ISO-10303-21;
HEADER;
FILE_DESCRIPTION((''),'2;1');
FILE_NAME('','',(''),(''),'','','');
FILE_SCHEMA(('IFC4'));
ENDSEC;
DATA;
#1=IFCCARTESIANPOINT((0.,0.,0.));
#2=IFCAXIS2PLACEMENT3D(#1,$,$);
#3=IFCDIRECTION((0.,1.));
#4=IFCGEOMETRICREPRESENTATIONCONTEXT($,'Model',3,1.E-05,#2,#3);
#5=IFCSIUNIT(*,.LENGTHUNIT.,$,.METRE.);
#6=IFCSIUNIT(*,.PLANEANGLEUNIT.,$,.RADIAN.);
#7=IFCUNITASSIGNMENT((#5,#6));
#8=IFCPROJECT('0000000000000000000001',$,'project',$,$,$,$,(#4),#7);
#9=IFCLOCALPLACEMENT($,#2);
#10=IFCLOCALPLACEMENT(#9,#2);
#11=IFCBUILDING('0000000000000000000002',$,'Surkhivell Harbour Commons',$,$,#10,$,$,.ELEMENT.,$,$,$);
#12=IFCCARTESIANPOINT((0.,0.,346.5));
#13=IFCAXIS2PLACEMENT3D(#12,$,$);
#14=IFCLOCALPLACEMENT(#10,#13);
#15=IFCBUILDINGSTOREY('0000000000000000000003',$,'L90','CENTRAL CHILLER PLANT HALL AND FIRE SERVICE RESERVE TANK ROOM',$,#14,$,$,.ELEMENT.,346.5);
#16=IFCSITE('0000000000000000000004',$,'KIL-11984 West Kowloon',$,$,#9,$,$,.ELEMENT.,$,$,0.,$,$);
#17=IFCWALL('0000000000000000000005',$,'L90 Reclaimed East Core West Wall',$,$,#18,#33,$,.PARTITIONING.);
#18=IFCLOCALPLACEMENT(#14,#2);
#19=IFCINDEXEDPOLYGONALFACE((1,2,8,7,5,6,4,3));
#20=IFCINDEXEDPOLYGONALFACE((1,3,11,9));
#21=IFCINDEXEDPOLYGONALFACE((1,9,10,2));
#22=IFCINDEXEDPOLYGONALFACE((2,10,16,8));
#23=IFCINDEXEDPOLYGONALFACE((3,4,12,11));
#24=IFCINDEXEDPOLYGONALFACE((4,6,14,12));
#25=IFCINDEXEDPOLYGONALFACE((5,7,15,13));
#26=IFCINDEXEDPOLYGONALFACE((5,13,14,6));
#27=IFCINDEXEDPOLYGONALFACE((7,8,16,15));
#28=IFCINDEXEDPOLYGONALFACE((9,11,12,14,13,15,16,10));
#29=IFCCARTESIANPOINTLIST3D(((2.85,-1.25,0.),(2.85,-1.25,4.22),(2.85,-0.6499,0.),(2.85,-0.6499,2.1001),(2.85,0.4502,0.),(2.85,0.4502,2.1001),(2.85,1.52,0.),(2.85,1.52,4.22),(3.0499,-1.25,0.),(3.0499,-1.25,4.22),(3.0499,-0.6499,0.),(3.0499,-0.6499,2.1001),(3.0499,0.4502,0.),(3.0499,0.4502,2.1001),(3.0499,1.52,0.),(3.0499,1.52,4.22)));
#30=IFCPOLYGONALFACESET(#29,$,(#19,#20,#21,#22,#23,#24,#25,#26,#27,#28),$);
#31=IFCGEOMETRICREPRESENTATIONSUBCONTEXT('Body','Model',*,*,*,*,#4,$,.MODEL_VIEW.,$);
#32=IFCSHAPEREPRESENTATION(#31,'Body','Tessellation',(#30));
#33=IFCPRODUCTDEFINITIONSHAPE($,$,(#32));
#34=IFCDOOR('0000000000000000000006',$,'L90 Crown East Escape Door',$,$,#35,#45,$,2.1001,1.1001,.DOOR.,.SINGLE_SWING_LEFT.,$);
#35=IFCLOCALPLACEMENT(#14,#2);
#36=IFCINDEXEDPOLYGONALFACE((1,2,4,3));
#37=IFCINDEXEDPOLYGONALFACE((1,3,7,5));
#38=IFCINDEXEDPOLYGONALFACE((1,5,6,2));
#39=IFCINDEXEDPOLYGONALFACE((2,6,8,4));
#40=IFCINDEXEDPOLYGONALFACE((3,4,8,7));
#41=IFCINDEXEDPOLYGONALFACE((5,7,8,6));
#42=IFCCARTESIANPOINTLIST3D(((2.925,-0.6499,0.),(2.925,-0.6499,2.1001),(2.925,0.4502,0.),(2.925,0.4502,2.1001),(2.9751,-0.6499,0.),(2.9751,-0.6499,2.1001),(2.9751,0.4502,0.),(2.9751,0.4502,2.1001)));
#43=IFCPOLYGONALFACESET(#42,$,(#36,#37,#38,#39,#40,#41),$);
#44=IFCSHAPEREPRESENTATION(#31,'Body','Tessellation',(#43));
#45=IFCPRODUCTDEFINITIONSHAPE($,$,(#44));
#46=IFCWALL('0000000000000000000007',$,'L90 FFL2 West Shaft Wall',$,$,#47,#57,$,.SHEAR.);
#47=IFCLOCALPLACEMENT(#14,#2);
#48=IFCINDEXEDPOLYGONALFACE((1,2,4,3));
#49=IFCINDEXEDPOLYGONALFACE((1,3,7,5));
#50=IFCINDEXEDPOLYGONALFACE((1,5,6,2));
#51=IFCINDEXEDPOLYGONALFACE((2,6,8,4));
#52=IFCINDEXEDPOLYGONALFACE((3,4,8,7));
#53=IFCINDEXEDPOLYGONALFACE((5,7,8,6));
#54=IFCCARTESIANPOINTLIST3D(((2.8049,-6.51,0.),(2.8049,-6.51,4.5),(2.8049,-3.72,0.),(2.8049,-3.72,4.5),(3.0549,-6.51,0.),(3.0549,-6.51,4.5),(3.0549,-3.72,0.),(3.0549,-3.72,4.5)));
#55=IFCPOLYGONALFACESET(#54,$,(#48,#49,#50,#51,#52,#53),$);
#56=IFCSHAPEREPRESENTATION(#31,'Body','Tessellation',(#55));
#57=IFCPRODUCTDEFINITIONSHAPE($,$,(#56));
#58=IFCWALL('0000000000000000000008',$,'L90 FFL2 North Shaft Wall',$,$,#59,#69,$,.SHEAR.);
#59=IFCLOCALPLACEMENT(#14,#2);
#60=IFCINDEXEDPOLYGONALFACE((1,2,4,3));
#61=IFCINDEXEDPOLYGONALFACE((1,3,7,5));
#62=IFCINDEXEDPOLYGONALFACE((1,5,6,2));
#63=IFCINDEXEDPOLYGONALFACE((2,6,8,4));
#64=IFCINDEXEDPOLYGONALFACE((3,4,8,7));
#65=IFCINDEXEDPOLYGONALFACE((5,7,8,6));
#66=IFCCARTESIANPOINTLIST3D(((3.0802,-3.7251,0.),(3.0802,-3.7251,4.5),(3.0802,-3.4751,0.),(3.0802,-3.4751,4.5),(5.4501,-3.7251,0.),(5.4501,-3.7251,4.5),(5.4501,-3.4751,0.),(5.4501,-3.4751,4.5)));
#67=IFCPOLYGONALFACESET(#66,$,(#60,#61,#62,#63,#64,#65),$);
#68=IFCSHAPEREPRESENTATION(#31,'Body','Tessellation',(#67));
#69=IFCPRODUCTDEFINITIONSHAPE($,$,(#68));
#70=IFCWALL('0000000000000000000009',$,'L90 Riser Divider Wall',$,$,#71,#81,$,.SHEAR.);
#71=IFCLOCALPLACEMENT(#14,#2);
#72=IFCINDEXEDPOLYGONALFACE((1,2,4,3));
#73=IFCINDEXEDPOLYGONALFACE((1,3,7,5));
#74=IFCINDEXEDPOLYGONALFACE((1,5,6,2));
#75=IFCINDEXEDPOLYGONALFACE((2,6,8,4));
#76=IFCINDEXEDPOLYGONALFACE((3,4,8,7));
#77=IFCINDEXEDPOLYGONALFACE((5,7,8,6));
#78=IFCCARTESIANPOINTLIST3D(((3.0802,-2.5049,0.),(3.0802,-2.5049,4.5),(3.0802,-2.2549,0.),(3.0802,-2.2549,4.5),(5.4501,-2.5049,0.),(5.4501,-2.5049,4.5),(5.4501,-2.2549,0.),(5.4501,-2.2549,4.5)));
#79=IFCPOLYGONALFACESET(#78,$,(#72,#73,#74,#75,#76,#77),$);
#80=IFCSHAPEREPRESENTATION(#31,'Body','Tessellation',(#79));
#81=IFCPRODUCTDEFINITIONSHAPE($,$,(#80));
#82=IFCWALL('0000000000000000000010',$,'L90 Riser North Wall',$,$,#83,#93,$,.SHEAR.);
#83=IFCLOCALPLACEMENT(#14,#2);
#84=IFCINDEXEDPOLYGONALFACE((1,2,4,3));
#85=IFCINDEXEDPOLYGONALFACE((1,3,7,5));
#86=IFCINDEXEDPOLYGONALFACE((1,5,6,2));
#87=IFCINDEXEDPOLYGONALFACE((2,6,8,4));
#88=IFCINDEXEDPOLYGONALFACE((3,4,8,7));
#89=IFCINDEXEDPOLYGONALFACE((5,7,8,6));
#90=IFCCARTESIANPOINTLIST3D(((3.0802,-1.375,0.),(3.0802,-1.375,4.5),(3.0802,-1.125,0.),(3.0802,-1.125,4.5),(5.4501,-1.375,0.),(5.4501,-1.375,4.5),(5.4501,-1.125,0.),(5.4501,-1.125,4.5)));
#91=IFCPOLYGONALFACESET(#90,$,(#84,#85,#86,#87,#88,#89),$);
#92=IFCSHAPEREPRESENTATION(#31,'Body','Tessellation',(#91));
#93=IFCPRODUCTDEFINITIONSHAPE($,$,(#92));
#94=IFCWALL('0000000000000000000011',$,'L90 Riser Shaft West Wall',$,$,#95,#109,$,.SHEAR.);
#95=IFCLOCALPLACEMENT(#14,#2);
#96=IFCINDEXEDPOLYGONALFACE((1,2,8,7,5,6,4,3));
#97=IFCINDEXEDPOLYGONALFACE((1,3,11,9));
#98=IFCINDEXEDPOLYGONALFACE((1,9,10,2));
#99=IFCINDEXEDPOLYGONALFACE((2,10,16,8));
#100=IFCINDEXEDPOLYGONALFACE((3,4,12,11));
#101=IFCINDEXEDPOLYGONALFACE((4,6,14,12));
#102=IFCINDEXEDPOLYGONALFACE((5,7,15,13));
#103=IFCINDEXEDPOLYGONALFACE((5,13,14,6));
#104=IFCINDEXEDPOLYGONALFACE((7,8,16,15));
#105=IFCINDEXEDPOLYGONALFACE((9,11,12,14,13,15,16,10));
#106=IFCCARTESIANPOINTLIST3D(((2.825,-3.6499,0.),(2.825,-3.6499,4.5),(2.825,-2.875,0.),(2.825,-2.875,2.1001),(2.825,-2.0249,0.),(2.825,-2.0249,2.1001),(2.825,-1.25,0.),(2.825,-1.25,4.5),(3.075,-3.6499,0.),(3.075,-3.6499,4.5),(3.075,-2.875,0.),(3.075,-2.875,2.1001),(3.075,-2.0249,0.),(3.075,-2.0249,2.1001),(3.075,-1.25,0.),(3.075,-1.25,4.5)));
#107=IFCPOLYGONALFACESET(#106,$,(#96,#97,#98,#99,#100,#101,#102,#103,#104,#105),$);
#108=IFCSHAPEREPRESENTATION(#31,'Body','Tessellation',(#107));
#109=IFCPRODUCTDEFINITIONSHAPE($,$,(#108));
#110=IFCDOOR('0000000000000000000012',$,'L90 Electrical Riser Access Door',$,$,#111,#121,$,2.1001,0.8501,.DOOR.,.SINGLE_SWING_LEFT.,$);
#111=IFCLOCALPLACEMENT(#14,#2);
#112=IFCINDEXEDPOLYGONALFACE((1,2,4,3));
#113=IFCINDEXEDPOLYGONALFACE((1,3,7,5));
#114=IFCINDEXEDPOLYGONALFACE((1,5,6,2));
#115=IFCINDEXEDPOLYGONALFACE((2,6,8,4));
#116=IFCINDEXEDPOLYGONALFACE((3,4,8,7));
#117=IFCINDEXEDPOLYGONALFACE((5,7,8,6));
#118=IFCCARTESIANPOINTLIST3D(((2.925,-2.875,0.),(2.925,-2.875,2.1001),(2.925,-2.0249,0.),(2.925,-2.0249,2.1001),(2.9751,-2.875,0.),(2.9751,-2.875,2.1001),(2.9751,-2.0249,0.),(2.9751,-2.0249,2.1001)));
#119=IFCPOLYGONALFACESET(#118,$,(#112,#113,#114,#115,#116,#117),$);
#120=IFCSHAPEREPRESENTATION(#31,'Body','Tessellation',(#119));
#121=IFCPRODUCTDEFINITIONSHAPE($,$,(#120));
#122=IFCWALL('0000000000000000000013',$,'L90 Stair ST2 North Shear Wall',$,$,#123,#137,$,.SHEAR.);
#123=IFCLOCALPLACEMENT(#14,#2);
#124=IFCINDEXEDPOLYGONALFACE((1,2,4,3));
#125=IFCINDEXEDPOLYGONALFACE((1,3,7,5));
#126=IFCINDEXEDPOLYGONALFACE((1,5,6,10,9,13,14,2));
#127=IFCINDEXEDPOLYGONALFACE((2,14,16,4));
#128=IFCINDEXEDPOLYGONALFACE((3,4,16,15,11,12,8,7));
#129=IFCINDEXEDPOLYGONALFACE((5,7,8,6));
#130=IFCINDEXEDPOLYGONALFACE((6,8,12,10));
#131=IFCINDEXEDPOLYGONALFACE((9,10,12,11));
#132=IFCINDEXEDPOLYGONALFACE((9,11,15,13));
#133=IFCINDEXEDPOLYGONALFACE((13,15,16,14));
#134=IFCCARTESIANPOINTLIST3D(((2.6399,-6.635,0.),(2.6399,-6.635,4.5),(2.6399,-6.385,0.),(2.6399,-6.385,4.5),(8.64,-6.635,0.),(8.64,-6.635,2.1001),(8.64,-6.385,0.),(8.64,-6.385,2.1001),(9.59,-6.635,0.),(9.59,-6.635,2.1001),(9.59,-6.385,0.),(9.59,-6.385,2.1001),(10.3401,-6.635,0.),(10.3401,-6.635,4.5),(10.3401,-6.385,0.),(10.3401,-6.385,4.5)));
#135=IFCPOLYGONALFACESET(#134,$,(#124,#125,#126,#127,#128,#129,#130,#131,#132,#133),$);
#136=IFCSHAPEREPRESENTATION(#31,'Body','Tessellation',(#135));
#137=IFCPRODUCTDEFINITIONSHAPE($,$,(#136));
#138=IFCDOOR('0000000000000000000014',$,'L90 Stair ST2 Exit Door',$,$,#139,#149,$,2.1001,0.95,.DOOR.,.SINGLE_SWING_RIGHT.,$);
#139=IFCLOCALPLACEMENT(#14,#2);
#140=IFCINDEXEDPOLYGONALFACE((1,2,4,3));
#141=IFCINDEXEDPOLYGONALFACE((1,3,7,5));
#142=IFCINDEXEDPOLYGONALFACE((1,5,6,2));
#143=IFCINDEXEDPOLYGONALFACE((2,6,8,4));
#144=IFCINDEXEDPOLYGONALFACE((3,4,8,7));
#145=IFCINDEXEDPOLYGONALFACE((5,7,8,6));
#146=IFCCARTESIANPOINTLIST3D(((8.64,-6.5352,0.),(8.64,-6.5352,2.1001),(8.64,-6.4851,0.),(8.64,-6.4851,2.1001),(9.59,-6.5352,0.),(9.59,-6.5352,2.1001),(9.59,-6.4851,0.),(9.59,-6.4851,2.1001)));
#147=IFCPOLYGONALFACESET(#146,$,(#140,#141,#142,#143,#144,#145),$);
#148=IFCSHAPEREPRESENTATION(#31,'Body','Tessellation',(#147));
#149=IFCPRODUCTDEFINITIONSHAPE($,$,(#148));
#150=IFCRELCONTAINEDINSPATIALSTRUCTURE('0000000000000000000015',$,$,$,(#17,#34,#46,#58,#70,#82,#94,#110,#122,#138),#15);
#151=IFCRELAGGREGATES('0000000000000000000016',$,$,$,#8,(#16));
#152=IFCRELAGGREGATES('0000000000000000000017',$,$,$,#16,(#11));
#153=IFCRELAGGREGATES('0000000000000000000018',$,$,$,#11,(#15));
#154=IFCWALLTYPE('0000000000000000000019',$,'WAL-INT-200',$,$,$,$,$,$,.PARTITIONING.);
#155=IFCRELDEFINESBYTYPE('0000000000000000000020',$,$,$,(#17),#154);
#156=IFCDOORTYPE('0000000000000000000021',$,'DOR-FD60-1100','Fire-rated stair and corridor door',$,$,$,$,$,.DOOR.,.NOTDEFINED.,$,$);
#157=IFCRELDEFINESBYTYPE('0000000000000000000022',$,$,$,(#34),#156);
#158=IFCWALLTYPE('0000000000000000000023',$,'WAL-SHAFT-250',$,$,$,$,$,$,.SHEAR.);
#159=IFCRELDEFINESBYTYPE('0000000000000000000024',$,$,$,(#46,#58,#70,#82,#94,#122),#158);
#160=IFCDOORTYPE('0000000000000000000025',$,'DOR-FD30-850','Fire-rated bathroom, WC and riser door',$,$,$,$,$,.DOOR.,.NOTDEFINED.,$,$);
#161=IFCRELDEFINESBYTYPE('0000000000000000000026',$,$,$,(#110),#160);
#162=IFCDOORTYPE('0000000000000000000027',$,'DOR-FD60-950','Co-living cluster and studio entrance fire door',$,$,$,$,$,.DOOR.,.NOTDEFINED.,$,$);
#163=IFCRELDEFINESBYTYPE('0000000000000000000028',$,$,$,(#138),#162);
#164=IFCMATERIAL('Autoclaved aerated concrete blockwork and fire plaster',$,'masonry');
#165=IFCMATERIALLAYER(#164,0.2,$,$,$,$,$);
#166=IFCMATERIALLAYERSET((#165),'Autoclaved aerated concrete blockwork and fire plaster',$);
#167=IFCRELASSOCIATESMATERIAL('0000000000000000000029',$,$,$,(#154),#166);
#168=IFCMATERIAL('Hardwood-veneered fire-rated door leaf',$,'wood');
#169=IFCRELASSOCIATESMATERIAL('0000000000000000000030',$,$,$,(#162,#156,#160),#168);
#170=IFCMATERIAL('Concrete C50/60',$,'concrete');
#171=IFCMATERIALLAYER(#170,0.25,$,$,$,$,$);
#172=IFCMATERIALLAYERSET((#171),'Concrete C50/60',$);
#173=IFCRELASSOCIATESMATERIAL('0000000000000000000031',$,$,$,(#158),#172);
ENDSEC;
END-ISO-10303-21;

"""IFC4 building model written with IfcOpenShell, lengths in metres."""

from ifc_helpers import new_model, si_unit, direction, frame, frame_2d, origin, place, context, subcontext, project, spatial, rectangle, extrude, material, layer, layer_set, type_object, element, fill, save


model = new_model("IFC4")

# Units and contexts
model_context = context("Model", 3, precision=1e-05, world=origin(), true_north=direction((0.0, 1.0)))
body_context = subcontext(model_context, "Body", "Model", "MODEL_VIEW")
ifc_project = project(units=[si_unit("LENGTHUNIT", "METRE"), si_unit("PLANEANGLEUNIT", "RADIAN")], contexts=[model_context])

# Site, building, storey
site_placement = place(None, origin())
site = spatial("IfcSite", under=ifc_project, at=site_placement, Name="KIL-11984 West Kowloon", CompositionType="ELEMENT", RefElevation=0.0)
building_placement = place(site_placement, origin())
building = spatial("IfcBuilding", under=site, at=building_placement, Name="Surkhivell Harbour Commons", CompositionType="ELEMENT")
storey_placement = place(building_placement, frame((0.0, 0.0, 346.5)))
storey = spatial("IfcBuildingStorey", under=building, at=storey_placement, Name="L90", Description="CENTRAL CHILLER PLANT HALL AND FIRE SERVICE RESERVE TANK ROOM", CompositionType="ELEMENT", Elevation=346.5)

# Shared definitions
ifc_material_1 = material(Name="Concrete C50/60", Category="concrete")

# Wall, opening, door
ifc_material_2 = material(Name="Autoclaved aerated concrete blockwork and fire plaster", Category="masonry")
ifc_layer_1 = layer(ifc_material_2, 0.2)
ifc_layer_set_1 = layer_set([ifc_layer_1], Name="Autoclaved aerated concrete blockwork and fire plaster")
wall_type_1 = type_object("IfcWallType", Name="WAL-INT-200", PredefinedType="PARTITIONING", material=ifc_layer_set_1)
ifc_material_3 = material(Name="Hardwood-veneered fire-rated door leaf", Category="wood")
door_type_1 = type_object("IfcDoorType", Name="DOR-FD60-950", Description="Co-living cluster and studio entrance fire door", OperationType="NOTDEFINED", PredefinedType="DOOR", material=ifc_material_3)
wall_1_placement = place(storey_placement, frame((2.95, -1.25, 0.0), z_axis=(0.0, 0.0, 1.0), x_axis=(0.0, 1.0, 0.0)))
wall_1 = element("IfcWall", 1, at=wall_1_placement, inside=storey, type_object=wall_type_1, Name="L90 Reclaimed East Core West Wall", PredefinedType="PARTITIONING", context=body_context, shape_type="SweptSolid", body=[
    extrude(rectangle(XDim=2.77, YDim=0.2, at=frame_2d((1.385, 0.0))), origin(), (0.0, 0.0, 1.0), 4.22),
])
opening_1_placement = place(wall_1_placement, frame((0.6001, 0.0, 0.0)))
opening_1 = element("IfcOpeningElement", 2, at=opening_1_placement, cuts=wall_1, PredefinedType="OPENING", context=body_context, shape_type="SweptSolid", body=[
    extrude(rectangle(XDim=1.1001, YDim=2.1001, at=frame_2d((0.55, 1.05))), frame((0.0, 0.1099, 0.0), z_axis=(0.0, -1.0, 0.0), x_axis=(1.0, 0.0, 0.0)), (0.0, 0.0, 1.0), 0.22),
])
door_type_2 = type_object("IfcDoorType", Name="DOR-FD60-1100", Description="Fire-rated stair and corridor door", OperationType="NOTDEFINED", PredefinedType="DOOR", material=ifc_material_3)
door_1_placement = place(opening_1_placement, origin())
door_1 = element("IfcDoor", 3, at=door_1_placement, inside=storey, type_object=door_type_2, Name="L90 Crown East Escape Door", OperationType="SINGLE_SWING_LEFT", OverallHeight=2.1001, OverallWidth=1.1001, PredefinedType="DOOR", context=body_context, shape_type="SweptSolid", body=[
    extrude(rectangle(XDim=1.1001, YDim=2.1001, at=frame_2d((0.55, 1.05))), frame((0.0, 0.0249, 0.0), z_axis=(0.0, -1.0, 0.0), x_axis=(1.0, 0.0, 0.0)), (0.0, 0.0, 1.0), 0.05),
])
fill(opening_1, door_1)

# Walls
ifc_layer_2 = layer(ifc_material_1, 0.25)
ifc_layer_set_2 = layer_set([ifc_layer_2], Name="Concrete C50/60")
wall_type_2 = type_object("IfcWallType", Name="WAL-SHAFT-250", PredefinedType="SHEAR", material=ifc_layer_set_2)
wall_2_placement = place(storey_placement, frame((2.9299, -6.51, 0.0), z_axis=(0.0, 0.0, 1.0), x_axis=(0.0, 1.0, 0.0)))
element("IfcWall", 4, at=wall_2_placement, inside=storey, type_object=wall_type_2, Name="L90 FFL2 West Shaft Wall", PredefinedType="SHEAR", context=body_context, shape_type="SweptSolid", body=[
    extrude(rectangle(XDim=2.79, YDim=0.25, at=frame_2d((1.395, 0.0))), origin(), (0.0, 0.0, 1.0), 4.5),
])
for number, where, z_axis, x_axis, name in (
    (5, (3.0801, -3.6001, 0.0), (0.0, 0.0, 1.0), (1.0, 0.0, 0.0), "L90 FFL2 North Shaft Wall"),
    (6, (3.0801, -2.3799, 0.0), (0.0, 0.0, 1.0), (1.0, 0.0, 0.0), "L90 Riser Divider Wall"),
    (7, (3.0801, -1.25, 0.0), (0.0, 0.0, 1.0), (1.0, 0.0, 0.0), "L90 Riser North Wall"),
):
    element("IfcWall", number, at=place(storey_placement, frame(where, z_axis=z_axis, x_axis=x_axis)), inside=storey, type_object=wall_type_2, Name=name, PredefinedType="SHEAR", context=body_context, shape_type="SweptSolid", body=[
        extrude(rectangle(XDim=2.3699, YDim=0.25, at=frame_2d((1.1851, 0.0))), origin(), (0.0, 0.0, 1.0), 4.5),
    ])

# Walls, openings, doors
wall_3_placement = place(storey_placement, frame((2.95, -3.6499, 0.0), z_axis=(0.0, 0.0, 1.0), x_axis=(0.0, 1.0, 0.0)))
wall_3 = element("IfcWall", 8, at=wall_3_placement, inside=storey, type_object=wall_type_2, Name="L90 Riser Shaft West Wall", PredefinedType="SHEAR", context=body_context, shape_type="SweptSolid", body=[
    extrude(rectangle(XDim=2.3999, YDim=0.25, at=frame_2d((1.2, 0.0))), origin(), (0.0, 0.0, 1.0), 4.5),
])
opening_2_placement = place(wall_3_placement, frame((0.7749, 0.0, 0.0)))
opening_2 = element("IfcOpeningElement", 9, at=opening_2_placement, cuts=wall_3, PredefinedType="OPENING", context=body_context, shape_type="SweptSolid", body=[
    extrude(rectangle(XDim=0.8501, YDim=2.1001, at=frame_2d((0.425, 1.05))), frame((0.0, 0.135, 0.0), z_axis=(0.0, -1.0, 0.0), x_axis=(1.0, 0.0, 0.0)), (0.0, 0.0, 1.0), 0.27),
])
door_type_3 = type_object("IfcDoorType", Name="DOR-FD30-850", Description="Fire-rated bathroom, WC and riser door", OperationType="NOTDEFINED", PredefinedType="DOOR", material=ifc_material_3)
door_2_placement = place(opening_2_placement, origin())
door_2 = element("IfcDoor", 10, at=door_2_placement, inside=storey, type_object=door_type_3, Name="L90 Electrical Riser Access Door", OperationType="SINGLE_SWING_LEFT", OverallHeight=2.1001, OverallWidth=0.8501, PredefinedType="DOOR", context=body_context, shape_type="SweptSolid", body=[
    extrude(rectangle(XDim=0.8501, YDim=2.1001, at=frame_2d((0.425, 1.05))), frame((0.0, 0.0249, 0.0), z_axis=(0.0, -1.0, 0.0), x_axis=(1.0, 0.0, 0.0)), (0.0, 0.0, 1.0), 0.05),
])
fill(opening_2, door_2)
wall_4_placement = place(storey_placement, frame((2.6399, -6.51, 0.0), z_axis=(0.0, 0.0, 1.0), x_axis=(1.0, 0.0, 0.0)))
wall_4 = element("IfcWall", 11, at=wall_4_placement, inside=storey, type_object=wall_type_2, Name="L90 Stair ST2 North Shear Wall", PredefinedType="SHEAR", context=body_context, shape_type="SweptSolid", body=[
    extrude(rectangle(XDim=7.7002, YDim=0.25, at=frame_2d((3.8501, 0.0))), origin(), (0.0, 0.0, 1.0), 4.5),
])
opening_3_placement = place(wall_4_placement, frame((6.0, 0.0, 0.0)))
opening_3 = element("IfcOpeningElement", 12, at=opening_3_placement, cuts=wall_4, PredefinedType="OPENING", context=body_context, shape_type="SweptSolid", body=[
    extrude(rectangle(XDim=0.95, YDim=2.1001, at=frame_2d((0.4751, 1.05))), frame((0.0, 0.135, 0.0), z_axis=(0.0, -1.0, 0.0), x_axis=(1.0, 0.0, 0.0)), (0.0, 0.0, 1.0), 0.27),
])
door_3_placement = place(opening_3_placement, origin())
door_3 = element("IfcDoor", 13, at=door_3_placement, inside=storey, type_object=door_type_1, Name="L90 Stair ST2 Exit Door", OperationType="SINGLE_SWING_RIGHT", OverallHeight=2.1001, OverallWidth=0.95, PredefinedType="DOOR", context=body_context, shape_type="SweptSolid", body=[
    extrude(rectangle(XDim=0.95, YDim=2.1001, at=frame_2d((0.4751, 1.05))), frame((0.0, 0.0249, 0.0), z_axis=(0.0, -1.0, 0.0), x_axis=(1.0, 0.0, 0.0)), (0.0, 0.0, 1.0), 0.05),
])
fill(opening_3, door_3)

save(model, "model.ifc")
